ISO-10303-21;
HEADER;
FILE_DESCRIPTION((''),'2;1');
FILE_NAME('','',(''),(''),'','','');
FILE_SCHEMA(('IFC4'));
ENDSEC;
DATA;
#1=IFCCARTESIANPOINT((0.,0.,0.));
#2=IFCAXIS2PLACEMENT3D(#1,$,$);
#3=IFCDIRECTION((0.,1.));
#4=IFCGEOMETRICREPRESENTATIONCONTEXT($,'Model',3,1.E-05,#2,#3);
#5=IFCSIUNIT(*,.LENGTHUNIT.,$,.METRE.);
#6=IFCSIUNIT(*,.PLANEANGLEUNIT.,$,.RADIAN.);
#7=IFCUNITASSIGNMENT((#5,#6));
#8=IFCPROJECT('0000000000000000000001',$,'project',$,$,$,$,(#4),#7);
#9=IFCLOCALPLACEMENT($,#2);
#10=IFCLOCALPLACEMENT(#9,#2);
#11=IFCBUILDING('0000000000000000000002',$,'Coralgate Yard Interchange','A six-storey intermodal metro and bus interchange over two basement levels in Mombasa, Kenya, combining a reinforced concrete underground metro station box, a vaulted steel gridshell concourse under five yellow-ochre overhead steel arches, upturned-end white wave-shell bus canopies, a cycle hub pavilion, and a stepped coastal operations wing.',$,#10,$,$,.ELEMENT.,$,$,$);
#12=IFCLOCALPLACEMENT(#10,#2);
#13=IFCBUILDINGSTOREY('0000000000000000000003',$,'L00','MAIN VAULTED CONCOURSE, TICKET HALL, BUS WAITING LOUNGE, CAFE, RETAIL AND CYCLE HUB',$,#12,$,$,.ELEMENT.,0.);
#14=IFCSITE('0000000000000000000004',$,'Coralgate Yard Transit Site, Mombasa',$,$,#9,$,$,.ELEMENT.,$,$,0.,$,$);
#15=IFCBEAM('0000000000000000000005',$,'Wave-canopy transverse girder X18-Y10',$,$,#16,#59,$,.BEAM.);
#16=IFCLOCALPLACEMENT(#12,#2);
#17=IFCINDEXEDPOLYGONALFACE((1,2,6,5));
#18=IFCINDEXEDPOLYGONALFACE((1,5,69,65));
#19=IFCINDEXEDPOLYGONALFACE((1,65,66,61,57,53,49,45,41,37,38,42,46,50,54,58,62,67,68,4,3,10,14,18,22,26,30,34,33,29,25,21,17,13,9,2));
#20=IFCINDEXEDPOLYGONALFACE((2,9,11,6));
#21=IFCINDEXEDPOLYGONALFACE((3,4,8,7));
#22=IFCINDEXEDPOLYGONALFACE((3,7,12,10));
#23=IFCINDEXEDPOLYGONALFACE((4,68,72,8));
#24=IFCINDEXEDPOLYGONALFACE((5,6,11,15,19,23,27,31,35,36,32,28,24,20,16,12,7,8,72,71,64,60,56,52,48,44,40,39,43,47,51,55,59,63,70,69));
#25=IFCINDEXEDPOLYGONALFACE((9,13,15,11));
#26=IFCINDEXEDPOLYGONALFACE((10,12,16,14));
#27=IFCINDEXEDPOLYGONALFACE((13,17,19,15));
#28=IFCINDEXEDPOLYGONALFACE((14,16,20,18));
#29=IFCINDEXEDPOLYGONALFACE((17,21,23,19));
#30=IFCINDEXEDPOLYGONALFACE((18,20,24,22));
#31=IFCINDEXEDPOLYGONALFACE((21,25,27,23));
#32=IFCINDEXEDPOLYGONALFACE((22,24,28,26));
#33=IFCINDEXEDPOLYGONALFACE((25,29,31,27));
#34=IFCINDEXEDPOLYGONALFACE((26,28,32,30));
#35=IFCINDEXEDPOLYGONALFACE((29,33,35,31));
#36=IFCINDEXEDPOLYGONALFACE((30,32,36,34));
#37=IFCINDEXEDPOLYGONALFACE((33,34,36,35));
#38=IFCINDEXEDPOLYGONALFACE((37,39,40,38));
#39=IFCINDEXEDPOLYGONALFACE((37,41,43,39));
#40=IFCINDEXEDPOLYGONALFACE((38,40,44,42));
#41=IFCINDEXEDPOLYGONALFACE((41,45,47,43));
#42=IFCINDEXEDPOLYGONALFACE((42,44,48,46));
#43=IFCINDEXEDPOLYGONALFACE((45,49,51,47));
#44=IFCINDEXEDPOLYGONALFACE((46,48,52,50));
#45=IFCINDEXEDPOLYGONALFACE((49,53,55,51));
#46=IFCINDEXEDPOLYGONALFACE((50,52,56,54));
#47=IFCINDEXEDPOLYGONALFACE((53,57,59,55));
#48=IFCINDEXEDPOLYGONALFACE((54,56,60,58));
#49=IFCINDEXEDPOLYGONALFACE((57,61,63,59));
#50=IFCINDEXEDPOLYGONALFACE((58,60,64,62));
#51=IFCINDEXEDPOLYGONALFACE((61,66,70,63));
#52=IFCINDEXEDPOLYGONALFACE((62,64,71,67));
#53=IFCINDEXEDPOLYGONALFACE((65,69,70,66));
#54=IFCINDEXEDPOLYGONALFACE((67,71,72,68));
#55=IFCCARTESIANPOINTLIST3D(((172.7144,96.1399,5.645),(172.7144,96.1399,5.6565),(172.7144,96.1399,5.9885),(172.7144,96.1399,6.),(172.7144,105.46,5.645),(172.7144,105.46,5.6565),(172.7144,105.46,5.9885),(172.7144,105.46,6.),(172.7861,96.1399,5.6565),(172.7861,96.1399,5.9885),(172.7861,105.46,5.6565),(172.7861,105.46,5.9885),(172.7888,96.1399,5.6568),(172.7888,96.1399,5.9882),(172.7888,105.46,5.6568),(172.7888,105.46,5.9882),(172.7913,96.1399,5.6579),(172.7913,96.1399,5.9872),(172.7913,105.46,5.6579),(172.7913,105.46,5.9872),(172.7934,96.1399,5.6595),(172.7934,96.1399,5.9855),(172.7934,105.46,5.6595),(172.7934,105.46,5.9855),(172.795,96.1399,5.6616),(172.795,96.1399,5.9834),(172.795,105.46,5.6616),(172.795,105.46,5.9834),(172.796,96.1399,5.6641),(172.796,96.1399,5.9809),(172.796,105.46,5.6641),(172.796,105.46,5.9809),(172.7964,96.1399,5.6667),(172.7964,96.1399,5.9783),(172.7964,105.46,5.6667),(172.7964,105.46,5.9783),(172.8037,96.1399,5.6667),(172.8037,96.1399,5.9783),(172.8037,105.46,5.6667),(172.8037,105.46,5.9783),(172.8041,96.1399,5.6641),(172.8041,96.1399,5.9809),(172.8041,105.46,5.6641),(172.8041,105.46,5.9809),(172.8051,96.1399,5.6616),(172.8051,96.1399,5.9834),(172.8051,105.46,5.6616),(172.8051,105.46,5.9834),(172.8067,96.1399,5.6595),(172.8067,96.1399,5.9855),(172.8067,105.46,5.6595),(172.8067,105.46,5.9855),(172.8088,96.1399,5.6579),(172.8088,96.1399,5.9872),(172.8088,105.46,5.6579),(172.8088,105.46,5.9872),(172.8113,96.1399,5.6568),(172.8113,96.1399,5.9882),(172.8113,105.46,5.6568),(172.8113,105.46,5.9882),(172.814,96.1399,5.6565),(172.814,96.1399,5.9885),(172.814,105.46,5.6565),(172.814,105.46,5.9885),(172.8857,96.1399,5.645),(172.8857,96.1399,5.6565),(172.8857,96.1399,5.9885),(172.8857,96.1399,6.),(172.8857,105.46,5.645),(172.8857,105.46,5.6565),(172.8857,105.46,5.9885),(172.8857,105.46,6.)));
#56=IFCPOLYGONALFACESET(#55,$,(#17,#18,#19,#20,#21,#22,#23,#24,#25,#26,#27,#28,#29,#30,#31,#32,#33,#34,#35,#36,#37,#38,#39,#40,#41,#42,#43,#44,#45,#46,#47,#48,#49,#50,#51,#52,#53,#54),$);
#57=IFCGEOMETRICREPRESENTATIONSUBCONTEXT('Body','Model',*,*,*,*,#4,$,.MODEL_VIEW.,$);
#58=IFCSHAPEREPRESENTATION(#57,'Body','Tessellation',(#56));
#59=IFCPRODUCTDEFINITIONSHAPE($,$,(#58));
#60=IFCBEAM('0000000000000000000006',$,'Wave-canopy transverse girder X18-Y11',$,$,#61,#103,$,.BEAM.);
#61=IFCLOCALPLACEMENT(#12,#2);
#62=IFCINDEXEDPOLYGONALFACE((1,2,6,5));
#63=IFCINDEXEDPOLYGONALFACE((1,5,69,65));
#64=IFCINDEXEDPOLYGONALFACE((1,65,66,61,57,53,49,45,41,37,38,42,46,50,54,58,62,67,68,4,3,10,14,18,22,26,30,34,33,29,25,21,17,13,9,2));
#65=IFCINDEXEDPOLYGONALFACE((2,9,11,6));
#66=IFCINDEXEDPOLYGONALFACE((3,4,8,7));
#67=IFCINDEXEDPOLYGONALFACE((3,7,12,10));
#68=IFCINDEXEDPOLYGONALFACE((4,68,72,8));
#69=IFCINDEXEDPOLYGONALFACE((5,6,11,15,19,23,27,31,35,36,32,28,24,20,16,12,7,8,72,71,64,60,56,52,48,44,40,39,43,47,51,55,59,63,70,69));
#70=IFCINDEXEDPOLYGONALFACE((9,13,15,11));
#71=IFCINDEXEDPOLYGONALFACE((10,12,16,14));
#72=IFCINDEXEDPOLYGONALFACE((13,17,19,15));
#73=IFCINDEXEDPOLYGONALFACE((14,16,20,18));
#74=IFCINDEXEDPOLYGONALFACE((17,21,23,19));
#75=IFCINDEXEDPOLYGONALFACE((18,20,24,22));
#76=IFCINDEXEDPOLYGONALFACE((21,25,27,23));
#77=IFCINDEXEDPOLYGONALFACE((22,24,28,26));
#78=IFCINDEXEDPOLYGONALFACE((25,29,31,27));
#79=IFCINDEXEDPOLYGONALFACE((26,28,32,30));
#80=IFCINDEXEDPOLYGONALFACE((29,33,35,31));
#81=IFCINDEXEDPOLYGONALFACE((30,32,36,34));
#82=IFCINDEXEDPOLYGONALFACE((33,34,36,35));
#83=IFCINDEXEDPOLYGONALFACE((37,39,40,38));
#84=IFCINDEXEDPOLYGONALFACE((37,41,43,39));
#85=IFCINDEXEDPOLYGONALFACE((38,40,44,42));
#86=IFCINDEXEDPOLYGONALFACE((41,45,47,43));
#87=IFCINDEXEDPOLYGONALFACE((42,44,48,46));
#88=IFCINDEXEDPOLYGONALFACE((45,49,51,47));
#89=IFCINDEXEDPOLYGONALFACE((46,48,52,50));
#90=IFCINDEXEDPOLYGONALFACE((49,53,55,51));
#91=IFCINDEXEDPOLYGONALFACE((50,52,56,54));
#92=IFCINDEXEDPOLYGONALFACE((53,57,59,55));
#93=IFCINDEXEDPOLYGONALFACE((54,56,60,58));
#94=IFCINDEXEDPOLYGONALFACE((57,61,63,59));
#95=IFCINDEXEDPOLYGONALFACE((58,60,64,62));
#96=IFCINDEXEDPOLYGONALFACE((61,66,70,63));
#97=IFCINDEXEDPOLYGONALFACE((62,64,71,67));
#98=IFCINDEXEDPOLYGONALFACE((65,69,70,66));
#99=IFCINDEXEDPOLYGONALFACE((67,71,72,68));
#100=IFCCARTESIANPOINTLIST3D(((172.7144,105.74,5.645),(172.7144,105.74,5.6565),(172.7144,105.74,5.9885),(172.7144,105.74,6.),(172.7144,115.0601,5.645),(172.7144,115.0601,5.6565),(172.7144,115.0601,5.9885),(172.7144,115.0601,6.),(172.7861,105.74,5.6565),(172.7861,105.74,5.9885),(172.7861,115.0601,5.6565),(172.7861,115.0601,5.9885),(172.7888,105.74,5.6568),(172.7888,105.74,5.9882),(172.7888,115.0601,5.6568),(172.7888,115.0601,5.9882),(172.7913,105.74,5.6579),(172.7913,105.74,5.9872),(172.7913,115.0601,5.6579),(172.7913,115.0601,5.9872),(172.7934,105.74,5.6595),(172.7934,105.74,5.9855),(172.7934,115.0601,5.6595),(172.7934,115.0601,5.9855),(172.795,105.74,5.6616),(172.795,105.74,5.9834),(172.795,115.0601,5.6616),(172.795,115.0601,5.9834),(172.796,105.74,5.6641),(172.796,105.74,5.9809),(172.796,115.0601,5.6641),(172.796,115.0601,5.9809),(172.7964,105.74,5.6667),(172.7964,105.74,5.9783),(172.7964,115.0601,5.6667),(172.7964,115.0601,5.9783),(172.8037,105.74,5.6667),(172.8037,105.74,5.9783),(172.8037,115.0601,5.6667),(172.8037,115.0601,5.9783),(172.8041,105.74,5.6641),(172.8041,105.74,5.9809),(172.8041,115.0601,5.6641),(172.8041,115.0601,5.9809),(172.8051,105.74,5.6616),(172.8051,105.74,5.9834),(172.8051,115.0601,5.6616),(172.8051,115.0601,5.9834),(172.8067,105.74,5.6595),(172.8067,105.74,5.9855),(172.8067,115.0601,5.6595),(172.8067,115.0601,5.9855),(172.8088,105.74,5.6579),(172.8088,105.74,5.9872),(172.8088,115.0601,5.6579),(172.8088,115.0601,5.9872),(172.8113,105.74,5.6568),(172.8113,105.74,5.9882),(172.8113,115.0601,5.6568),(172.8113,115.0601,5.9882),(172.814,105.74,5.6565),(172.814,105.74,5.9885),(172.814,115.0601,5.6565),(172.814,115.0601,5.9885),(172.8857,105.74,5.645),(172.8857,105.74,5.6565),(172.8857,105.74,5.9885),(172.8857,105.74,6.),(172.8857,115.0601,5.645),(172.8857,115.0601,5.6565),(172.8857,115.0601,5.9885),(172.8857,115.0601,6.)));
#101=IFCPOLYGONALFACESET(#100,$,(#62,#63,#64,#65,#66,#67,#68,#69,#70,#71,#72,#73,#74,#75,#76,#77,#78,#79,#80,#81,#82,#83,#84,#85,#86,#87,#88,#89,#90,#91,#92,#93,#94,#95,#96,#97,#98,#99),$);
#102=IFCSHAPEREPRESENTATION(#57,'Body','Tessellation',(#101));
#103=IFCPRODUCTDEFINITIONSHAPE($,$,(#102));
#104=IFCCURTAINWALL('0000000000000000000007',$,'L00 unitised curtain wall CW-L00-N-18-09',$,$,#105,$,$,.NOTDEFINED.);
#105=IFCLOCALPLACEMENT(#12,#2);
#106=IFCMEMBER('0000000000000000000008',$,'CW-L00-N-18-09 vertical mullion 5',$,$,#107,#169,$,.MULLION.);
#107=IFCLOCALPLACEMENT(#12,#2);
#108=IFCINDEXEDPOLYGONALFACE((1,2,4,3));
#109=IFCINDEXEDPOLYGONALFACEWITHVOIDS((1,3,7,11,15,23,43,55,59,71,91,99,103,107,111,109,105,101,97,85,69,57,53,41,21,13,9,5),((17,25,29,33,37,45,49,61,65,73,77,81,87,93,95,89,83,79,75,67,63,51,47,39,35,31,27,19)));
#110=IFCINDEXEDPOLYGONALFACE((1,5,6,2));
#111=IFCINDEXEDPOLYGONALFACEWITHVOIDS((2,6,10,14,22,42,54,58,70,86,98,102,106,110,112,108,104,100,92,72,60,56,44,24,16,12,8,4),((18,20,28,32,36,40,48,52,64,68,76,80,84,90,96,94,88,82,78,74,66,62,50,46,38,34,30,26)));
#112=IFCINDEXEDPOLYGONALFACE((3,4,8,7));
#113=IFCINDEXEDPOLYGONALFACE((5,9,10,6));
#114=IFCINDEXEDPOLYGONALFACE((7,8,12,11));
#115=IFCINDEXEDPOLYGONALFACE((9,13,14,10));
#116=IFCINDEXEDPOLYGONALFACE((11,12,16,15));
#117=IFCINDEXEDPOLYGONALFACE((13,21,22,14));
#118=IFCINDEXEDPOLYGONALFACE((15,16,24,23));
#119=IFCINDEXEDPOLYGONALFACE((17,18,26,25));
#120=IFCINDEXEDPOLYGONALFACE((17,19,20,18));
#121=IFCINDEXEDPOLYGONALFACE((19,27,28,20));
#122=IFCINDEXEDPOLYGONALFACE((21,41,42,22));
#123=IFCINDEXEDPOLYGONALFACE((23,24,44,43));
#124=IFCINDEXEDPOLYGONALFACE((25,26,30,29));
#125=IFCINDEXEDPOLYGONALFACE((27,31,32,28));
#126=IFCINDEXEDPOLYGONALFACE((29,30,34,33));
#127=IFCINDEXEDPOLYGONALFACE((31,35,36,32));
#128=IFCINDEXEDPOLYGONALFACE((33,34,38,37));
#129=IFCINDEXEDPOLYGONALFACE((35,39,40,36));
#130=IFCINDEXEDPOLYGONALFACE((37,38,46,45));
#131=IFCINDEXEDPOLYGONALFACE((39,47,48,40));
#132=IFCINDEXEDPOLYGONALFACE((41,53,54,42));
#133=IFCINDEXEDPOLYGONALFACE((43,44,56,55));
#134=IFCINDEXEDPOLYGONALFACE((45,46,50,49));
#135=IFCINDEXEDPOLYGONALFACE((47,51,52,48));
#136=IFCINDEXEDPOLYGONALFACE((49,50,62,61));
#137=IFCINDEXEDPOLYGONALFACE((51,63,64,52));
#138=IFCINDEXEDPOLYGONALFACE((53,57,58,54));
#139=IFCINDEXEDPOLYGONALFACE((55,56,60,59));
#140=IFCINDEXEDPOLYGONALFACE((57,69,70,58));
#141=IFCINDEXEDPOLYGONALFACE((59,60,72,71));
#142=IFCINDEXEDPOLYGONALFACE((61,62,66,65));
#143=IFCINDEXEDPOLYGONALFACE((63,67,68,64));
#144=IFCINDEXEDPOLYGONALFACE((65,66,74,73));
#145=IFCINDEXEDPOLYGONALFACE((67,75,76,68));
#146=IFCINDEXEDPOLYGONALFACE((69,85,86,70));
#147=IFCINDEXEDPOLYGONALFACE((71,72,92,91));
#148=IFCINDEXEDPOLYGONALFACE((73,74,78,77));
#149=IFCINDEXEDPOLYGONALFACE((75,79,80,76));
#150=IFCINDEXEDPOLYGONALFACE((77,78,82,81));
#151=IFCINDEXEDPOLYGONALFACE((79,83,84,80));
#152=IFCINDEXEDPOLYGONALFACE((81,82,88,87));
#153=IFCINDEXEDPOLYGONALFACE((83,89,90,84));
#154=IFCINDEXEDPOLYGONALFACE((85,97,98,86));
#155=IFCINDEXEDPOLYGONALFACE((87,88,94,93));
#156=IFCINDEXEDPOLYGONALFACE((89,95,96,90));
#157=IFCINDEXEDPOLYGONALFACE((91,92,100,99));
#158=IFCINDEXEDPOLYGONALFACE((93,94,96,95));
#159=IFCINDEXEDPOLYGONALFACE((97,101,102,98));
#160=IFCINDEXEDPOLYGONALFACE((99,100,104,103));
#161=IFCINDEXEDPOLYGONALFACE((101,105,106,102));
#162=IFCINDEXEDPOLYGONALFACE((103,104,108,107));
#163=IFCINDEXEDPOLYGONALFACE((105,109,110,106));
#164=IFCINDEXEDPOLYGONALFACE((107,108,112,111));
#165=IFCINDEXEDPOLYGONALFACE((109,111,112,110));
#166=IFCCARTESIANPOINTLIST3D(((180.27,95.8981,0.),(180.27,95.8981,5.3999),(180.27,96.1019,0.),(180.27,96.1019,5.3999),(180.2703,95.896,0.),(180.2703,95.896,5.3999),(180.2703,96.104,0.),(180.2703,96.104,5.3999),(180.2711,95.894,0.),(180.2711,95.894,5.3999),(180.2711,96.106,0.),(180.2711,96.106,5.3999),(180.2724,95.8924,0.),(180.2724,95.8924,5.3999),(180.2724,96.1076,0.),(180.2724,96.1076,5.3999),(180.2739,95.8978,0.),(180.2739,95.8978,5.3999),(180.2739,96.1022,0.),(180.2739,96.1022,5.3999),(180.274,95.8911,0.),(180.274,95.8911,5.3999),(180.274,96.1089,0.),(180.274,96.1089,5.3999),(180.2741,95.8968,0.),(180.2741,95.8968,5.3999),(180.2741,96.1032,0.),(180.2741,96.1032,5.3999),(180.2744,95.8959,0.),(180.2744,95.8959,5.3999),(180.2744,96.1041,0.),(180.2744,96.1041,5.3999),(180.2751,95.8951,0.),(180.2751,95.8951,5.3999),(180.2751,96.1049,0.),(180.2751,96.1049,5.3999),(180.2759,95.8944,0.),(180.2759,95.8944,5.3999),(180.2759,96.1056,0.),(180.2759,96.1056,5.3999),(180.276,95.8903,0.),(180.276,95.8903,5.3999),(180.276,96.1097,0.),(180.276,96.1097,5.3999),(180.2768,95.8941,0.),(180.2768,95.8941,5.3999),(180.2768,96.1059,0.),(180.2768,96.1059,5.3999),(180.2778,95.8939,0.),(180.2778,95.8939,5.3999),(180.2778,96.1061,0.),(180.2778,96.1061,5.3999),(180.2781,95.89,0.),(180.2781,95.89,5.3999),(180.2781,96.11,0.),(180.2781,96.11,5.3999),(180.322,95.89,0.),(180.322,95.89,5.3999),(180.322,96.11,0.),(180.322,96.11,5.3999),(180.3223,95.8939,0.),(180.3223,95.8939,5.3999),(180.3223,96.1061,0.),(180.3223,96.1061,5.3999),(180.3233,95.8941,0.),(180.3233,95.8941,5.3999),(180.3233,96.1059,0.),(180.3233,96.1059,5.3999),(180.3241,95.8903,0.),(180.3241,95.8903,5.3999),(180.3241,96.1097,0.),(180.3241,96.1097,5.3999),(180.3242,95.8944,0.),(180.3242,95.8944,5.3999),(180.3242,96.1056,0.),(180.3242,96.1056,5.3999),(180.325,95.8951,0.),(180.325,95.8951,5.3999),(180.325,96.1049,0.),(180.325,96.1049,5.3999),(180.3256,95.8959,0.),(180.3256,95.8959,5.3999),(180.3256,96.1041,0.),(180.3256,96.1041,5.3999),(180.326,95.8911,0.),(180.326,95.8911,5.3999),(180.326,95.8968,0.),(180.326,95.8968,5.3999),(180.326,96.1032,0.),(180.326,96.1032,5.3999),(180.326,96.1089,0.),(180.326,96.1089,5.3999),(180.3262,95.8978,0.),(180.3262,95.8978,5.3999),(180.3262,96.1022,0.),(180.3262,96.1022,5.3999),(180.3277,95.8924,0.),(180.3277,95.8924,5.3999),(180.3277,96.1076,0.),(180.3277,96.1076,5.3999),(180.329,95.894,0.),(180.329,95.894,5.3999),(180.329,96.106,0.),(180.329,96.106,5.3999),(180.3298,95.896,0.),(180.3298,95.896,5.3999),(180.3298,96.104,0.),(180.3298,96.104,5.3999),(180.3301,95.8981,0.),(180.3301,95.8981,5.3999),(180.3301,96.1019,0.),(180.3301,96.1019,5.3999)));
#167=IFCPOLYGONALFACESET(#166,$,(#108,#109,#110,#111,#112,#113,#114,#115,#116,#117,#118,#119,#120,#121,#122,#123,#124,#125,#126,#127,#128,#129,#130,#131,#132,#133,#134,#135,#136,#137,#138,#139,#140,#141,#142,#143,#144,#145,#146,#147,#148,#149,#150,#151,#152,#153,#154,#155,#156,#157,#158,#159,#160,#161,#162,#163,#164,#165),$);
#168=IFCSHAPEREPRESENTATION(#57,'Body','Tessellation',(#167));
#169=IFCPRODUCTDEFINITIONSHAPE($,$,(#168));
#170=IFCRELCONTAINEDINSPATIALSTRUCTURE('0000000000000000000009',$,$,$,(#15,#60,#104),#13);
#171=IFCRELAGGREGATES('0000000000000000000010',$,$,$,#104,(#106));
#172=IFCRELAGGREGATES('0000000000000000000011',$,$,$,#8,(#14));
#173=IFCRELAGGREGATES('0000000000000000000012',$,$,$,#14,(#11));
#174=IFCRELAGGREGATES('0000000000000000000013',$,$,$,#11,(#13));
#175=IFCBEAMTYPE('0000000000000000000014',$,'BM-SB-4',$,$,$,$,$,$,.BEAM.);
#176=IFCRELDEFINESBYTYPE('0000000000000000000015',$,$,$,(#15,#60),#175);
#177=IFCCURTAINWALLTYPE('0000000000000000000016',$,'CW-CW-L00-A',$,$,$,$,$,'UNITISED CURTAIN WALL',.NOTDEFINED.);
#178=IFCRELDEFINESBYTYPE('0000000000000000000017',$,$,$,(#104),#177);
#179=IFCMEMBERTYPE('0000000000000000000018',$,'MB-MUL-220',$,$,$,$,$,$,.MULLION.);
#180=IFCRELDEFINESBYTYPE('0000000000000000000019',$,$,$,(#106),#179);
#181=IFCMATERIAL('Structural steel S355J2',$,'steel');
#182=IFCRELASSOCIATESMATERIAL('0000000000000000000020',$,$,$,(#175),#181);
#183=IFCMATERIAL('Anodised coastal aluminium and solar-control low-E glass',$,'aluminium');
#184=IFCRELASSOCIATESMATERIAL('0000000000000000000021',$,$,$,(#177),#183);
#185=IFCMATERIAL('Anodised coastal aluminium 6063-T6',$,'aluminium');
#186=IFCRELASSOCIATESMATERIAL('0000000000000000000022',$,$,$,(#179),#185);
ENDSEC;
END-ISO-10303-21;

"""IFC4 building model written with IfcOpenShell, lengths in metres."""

from ifc_helpers import new_model, si_unit, direction, frame, origin, origin_2d, place, context, subcontext, project, spatial, hollow_rectangle, i_section, extrude, material, material_profile, profile_set, type_object, element, aggregate, save


model = new_model("IFC4")

# Units and contexts
model_context = context("Model", 3, precision=1e-05, world=origin(), true_north=direction((0.0, 1.0)))
body_context = subcontext(model_context, "Body", "Model", "MODEL_VIEW")
ifc_project = project(units=[si_unit("LENGTHUNIT", "METRE"), si_unit("PLANEANGLEUNIT", "RADIAN")], contexts=[model_context])

# Site, building, storey
site_placement = place(None, origin())
site = spatial("IfcSite", under=ifc_project, at=site_placement, Name="Coralgate Yard Transit Site, Mombasa", CompositionType="ELEMENT", RefElevation=0.0)
building_placement = place(site_placement, origin())
building = spatial("IfcBuilding", under=site, at=building_placement, Name="Coralgate Yard Interchange", Description="A six-storey intermodal metro and bus interchange over two basement levels in Mombasa, Kenya, combining a reinforced concrete underground metro station box, a vaulted steel gridshell concourse under five yellow-ochre overhead steel arches, upturned-end white wave-shell bus canopies, a cycle hub pavilion, and a stepped coastal operations wing.", CompositionType="ELEMENT")
storey_placement = place(building_placement, origin())
storey = spatial("IfcBuildingStorey", under=building, at=storey_placement, Name="L00", Description="MAIN VAULTED CONCOURSE, TICKET HALL, BUS WAITING LOUNGE, CAFE, RETAIL AND CYCLE HUB", CompositionType="ELEMENT", Elevation=0.0)

# Shared definitions
ifc_material_1 = material(Name="Structural steel S355J2", Category="steel")

# Beams
ifc_material_profile_1 = material_profile(ifc_material_1, i_section(OverallWidth=0.1714, OverallDepth=0.355, WebThickness=0.0073, FlangeThickness=0.0115, FilletRadius=0.0103, at=origin_2d()), Name="UB 356x171x51")
ifc_profile_set_1 = profile_set([ifc_material_profile_1], Name="Structural steel S355J2")
beam_type = type_object("IfcBeamType", Name="BM-SB-4", PredefinedType="BEAM", material=ifc_profile_set_1)
for number, where, z_axis, x_axis, name in (
    (1, (172.8, 96.1399, 5.8225), (0.0, 1.0, 0.0), (-1.0, 0.0, 0.0), "Wave-canopy transverse girder X18-Y10"),
    (2, (172.8, 105.74, 5.8225), (0.0, 1.0, 0.0), (-1.0, 0.0, 0.0), "Wave-canopy transverse girder X18-Y11"),
):
    element("IfcBeam", number, at=place(storey_placement, frame(where, z_axis=z_axis, x_axis=x_axis)), inside=storey, type_object=beam_type, Name=name, PredefinedType="BEAM", context=body_context, shape_type="SweptSolid", body=[
        extrude(i_section(OverallWidth=0.1714, OverallDepth=0.355, WebThickness=0.0073, FlangeThickness=0.0115, FilletRadius=0.0103, at=origin_2d()), origin(), (0.0, 0.0, 1.0), 9.3201),
    ])

# Curtain wall, member
ifc_material_2 = material(Name="Anodised coastal aluminium and solar-control low-E glass", Category="aluminium")
curtain_wall_type = type_object("IfcCurtainWallType", Name="CW-CW-L00-A", ElementType="UNITISED CURTAIN WALL", PredefinedType="NOTDEFINED", material=ifc_material_2)
curtain_wall_placement = place(storey_placement, origin())
curtain_wall = element("IfcCurtainWall", 3, at=curtain_wall_placement, inside=storey, type_object=curtain_wall_type, Name="L00 unitised curtain wall CW-L00-N-18-09", PredefinedType="NOTDEFINED")
ifc_material_3 = material(Name="Anodised coastal aluminium 6063-T6", Category="aluminium")
ifc_material_profile_2 = material_profile(ifc_material_3, hollow_rectangle(XDim=0.0601, YDim=0.22, WallThickness=0.0039, InnerFilletRadius=0.0039, OuterFilletRadius=0.0081, at=origin_2d()), Name="ALU 60x220x4")
ifc_profile_set_2 = profile_set([ifc_material_profile_2], Name="Anodised coastal aluminium 6063-T6")
member_type_1 = type_object("IfcMemberType", Name="MB-MUL-220", PredefinedType="MULLION", material=ifc_profile_set_2)
member_1_placement = place(storey_placement, frame((180.3, 96.0, 0.0), z_axis=(0.0, 0.0, 1.0), x_axis=(1.0, 0.0, 0.0)))
member_1 = element("IfcMember", 4, at=member_1_placement, type_object=member_type_1, Name="CW-L00-N-18-09 vertical mullion 5", PredefinedType="MULLION", context=body_context, shape_type="SweptSolid", body=[
    extrude(hollow_rectangle(XDim=0.0601, YDim=0.22, WallThickness=0.0039, InnerFilletRadius=0.0039, OuterFilletRadius=0.0081, at=origin_2d()), origin(), (0.0, 0.0, 1.0), 5.3999),
])
aggregate(curtain_wall, [member_1])

save(model, "model.ifc")
